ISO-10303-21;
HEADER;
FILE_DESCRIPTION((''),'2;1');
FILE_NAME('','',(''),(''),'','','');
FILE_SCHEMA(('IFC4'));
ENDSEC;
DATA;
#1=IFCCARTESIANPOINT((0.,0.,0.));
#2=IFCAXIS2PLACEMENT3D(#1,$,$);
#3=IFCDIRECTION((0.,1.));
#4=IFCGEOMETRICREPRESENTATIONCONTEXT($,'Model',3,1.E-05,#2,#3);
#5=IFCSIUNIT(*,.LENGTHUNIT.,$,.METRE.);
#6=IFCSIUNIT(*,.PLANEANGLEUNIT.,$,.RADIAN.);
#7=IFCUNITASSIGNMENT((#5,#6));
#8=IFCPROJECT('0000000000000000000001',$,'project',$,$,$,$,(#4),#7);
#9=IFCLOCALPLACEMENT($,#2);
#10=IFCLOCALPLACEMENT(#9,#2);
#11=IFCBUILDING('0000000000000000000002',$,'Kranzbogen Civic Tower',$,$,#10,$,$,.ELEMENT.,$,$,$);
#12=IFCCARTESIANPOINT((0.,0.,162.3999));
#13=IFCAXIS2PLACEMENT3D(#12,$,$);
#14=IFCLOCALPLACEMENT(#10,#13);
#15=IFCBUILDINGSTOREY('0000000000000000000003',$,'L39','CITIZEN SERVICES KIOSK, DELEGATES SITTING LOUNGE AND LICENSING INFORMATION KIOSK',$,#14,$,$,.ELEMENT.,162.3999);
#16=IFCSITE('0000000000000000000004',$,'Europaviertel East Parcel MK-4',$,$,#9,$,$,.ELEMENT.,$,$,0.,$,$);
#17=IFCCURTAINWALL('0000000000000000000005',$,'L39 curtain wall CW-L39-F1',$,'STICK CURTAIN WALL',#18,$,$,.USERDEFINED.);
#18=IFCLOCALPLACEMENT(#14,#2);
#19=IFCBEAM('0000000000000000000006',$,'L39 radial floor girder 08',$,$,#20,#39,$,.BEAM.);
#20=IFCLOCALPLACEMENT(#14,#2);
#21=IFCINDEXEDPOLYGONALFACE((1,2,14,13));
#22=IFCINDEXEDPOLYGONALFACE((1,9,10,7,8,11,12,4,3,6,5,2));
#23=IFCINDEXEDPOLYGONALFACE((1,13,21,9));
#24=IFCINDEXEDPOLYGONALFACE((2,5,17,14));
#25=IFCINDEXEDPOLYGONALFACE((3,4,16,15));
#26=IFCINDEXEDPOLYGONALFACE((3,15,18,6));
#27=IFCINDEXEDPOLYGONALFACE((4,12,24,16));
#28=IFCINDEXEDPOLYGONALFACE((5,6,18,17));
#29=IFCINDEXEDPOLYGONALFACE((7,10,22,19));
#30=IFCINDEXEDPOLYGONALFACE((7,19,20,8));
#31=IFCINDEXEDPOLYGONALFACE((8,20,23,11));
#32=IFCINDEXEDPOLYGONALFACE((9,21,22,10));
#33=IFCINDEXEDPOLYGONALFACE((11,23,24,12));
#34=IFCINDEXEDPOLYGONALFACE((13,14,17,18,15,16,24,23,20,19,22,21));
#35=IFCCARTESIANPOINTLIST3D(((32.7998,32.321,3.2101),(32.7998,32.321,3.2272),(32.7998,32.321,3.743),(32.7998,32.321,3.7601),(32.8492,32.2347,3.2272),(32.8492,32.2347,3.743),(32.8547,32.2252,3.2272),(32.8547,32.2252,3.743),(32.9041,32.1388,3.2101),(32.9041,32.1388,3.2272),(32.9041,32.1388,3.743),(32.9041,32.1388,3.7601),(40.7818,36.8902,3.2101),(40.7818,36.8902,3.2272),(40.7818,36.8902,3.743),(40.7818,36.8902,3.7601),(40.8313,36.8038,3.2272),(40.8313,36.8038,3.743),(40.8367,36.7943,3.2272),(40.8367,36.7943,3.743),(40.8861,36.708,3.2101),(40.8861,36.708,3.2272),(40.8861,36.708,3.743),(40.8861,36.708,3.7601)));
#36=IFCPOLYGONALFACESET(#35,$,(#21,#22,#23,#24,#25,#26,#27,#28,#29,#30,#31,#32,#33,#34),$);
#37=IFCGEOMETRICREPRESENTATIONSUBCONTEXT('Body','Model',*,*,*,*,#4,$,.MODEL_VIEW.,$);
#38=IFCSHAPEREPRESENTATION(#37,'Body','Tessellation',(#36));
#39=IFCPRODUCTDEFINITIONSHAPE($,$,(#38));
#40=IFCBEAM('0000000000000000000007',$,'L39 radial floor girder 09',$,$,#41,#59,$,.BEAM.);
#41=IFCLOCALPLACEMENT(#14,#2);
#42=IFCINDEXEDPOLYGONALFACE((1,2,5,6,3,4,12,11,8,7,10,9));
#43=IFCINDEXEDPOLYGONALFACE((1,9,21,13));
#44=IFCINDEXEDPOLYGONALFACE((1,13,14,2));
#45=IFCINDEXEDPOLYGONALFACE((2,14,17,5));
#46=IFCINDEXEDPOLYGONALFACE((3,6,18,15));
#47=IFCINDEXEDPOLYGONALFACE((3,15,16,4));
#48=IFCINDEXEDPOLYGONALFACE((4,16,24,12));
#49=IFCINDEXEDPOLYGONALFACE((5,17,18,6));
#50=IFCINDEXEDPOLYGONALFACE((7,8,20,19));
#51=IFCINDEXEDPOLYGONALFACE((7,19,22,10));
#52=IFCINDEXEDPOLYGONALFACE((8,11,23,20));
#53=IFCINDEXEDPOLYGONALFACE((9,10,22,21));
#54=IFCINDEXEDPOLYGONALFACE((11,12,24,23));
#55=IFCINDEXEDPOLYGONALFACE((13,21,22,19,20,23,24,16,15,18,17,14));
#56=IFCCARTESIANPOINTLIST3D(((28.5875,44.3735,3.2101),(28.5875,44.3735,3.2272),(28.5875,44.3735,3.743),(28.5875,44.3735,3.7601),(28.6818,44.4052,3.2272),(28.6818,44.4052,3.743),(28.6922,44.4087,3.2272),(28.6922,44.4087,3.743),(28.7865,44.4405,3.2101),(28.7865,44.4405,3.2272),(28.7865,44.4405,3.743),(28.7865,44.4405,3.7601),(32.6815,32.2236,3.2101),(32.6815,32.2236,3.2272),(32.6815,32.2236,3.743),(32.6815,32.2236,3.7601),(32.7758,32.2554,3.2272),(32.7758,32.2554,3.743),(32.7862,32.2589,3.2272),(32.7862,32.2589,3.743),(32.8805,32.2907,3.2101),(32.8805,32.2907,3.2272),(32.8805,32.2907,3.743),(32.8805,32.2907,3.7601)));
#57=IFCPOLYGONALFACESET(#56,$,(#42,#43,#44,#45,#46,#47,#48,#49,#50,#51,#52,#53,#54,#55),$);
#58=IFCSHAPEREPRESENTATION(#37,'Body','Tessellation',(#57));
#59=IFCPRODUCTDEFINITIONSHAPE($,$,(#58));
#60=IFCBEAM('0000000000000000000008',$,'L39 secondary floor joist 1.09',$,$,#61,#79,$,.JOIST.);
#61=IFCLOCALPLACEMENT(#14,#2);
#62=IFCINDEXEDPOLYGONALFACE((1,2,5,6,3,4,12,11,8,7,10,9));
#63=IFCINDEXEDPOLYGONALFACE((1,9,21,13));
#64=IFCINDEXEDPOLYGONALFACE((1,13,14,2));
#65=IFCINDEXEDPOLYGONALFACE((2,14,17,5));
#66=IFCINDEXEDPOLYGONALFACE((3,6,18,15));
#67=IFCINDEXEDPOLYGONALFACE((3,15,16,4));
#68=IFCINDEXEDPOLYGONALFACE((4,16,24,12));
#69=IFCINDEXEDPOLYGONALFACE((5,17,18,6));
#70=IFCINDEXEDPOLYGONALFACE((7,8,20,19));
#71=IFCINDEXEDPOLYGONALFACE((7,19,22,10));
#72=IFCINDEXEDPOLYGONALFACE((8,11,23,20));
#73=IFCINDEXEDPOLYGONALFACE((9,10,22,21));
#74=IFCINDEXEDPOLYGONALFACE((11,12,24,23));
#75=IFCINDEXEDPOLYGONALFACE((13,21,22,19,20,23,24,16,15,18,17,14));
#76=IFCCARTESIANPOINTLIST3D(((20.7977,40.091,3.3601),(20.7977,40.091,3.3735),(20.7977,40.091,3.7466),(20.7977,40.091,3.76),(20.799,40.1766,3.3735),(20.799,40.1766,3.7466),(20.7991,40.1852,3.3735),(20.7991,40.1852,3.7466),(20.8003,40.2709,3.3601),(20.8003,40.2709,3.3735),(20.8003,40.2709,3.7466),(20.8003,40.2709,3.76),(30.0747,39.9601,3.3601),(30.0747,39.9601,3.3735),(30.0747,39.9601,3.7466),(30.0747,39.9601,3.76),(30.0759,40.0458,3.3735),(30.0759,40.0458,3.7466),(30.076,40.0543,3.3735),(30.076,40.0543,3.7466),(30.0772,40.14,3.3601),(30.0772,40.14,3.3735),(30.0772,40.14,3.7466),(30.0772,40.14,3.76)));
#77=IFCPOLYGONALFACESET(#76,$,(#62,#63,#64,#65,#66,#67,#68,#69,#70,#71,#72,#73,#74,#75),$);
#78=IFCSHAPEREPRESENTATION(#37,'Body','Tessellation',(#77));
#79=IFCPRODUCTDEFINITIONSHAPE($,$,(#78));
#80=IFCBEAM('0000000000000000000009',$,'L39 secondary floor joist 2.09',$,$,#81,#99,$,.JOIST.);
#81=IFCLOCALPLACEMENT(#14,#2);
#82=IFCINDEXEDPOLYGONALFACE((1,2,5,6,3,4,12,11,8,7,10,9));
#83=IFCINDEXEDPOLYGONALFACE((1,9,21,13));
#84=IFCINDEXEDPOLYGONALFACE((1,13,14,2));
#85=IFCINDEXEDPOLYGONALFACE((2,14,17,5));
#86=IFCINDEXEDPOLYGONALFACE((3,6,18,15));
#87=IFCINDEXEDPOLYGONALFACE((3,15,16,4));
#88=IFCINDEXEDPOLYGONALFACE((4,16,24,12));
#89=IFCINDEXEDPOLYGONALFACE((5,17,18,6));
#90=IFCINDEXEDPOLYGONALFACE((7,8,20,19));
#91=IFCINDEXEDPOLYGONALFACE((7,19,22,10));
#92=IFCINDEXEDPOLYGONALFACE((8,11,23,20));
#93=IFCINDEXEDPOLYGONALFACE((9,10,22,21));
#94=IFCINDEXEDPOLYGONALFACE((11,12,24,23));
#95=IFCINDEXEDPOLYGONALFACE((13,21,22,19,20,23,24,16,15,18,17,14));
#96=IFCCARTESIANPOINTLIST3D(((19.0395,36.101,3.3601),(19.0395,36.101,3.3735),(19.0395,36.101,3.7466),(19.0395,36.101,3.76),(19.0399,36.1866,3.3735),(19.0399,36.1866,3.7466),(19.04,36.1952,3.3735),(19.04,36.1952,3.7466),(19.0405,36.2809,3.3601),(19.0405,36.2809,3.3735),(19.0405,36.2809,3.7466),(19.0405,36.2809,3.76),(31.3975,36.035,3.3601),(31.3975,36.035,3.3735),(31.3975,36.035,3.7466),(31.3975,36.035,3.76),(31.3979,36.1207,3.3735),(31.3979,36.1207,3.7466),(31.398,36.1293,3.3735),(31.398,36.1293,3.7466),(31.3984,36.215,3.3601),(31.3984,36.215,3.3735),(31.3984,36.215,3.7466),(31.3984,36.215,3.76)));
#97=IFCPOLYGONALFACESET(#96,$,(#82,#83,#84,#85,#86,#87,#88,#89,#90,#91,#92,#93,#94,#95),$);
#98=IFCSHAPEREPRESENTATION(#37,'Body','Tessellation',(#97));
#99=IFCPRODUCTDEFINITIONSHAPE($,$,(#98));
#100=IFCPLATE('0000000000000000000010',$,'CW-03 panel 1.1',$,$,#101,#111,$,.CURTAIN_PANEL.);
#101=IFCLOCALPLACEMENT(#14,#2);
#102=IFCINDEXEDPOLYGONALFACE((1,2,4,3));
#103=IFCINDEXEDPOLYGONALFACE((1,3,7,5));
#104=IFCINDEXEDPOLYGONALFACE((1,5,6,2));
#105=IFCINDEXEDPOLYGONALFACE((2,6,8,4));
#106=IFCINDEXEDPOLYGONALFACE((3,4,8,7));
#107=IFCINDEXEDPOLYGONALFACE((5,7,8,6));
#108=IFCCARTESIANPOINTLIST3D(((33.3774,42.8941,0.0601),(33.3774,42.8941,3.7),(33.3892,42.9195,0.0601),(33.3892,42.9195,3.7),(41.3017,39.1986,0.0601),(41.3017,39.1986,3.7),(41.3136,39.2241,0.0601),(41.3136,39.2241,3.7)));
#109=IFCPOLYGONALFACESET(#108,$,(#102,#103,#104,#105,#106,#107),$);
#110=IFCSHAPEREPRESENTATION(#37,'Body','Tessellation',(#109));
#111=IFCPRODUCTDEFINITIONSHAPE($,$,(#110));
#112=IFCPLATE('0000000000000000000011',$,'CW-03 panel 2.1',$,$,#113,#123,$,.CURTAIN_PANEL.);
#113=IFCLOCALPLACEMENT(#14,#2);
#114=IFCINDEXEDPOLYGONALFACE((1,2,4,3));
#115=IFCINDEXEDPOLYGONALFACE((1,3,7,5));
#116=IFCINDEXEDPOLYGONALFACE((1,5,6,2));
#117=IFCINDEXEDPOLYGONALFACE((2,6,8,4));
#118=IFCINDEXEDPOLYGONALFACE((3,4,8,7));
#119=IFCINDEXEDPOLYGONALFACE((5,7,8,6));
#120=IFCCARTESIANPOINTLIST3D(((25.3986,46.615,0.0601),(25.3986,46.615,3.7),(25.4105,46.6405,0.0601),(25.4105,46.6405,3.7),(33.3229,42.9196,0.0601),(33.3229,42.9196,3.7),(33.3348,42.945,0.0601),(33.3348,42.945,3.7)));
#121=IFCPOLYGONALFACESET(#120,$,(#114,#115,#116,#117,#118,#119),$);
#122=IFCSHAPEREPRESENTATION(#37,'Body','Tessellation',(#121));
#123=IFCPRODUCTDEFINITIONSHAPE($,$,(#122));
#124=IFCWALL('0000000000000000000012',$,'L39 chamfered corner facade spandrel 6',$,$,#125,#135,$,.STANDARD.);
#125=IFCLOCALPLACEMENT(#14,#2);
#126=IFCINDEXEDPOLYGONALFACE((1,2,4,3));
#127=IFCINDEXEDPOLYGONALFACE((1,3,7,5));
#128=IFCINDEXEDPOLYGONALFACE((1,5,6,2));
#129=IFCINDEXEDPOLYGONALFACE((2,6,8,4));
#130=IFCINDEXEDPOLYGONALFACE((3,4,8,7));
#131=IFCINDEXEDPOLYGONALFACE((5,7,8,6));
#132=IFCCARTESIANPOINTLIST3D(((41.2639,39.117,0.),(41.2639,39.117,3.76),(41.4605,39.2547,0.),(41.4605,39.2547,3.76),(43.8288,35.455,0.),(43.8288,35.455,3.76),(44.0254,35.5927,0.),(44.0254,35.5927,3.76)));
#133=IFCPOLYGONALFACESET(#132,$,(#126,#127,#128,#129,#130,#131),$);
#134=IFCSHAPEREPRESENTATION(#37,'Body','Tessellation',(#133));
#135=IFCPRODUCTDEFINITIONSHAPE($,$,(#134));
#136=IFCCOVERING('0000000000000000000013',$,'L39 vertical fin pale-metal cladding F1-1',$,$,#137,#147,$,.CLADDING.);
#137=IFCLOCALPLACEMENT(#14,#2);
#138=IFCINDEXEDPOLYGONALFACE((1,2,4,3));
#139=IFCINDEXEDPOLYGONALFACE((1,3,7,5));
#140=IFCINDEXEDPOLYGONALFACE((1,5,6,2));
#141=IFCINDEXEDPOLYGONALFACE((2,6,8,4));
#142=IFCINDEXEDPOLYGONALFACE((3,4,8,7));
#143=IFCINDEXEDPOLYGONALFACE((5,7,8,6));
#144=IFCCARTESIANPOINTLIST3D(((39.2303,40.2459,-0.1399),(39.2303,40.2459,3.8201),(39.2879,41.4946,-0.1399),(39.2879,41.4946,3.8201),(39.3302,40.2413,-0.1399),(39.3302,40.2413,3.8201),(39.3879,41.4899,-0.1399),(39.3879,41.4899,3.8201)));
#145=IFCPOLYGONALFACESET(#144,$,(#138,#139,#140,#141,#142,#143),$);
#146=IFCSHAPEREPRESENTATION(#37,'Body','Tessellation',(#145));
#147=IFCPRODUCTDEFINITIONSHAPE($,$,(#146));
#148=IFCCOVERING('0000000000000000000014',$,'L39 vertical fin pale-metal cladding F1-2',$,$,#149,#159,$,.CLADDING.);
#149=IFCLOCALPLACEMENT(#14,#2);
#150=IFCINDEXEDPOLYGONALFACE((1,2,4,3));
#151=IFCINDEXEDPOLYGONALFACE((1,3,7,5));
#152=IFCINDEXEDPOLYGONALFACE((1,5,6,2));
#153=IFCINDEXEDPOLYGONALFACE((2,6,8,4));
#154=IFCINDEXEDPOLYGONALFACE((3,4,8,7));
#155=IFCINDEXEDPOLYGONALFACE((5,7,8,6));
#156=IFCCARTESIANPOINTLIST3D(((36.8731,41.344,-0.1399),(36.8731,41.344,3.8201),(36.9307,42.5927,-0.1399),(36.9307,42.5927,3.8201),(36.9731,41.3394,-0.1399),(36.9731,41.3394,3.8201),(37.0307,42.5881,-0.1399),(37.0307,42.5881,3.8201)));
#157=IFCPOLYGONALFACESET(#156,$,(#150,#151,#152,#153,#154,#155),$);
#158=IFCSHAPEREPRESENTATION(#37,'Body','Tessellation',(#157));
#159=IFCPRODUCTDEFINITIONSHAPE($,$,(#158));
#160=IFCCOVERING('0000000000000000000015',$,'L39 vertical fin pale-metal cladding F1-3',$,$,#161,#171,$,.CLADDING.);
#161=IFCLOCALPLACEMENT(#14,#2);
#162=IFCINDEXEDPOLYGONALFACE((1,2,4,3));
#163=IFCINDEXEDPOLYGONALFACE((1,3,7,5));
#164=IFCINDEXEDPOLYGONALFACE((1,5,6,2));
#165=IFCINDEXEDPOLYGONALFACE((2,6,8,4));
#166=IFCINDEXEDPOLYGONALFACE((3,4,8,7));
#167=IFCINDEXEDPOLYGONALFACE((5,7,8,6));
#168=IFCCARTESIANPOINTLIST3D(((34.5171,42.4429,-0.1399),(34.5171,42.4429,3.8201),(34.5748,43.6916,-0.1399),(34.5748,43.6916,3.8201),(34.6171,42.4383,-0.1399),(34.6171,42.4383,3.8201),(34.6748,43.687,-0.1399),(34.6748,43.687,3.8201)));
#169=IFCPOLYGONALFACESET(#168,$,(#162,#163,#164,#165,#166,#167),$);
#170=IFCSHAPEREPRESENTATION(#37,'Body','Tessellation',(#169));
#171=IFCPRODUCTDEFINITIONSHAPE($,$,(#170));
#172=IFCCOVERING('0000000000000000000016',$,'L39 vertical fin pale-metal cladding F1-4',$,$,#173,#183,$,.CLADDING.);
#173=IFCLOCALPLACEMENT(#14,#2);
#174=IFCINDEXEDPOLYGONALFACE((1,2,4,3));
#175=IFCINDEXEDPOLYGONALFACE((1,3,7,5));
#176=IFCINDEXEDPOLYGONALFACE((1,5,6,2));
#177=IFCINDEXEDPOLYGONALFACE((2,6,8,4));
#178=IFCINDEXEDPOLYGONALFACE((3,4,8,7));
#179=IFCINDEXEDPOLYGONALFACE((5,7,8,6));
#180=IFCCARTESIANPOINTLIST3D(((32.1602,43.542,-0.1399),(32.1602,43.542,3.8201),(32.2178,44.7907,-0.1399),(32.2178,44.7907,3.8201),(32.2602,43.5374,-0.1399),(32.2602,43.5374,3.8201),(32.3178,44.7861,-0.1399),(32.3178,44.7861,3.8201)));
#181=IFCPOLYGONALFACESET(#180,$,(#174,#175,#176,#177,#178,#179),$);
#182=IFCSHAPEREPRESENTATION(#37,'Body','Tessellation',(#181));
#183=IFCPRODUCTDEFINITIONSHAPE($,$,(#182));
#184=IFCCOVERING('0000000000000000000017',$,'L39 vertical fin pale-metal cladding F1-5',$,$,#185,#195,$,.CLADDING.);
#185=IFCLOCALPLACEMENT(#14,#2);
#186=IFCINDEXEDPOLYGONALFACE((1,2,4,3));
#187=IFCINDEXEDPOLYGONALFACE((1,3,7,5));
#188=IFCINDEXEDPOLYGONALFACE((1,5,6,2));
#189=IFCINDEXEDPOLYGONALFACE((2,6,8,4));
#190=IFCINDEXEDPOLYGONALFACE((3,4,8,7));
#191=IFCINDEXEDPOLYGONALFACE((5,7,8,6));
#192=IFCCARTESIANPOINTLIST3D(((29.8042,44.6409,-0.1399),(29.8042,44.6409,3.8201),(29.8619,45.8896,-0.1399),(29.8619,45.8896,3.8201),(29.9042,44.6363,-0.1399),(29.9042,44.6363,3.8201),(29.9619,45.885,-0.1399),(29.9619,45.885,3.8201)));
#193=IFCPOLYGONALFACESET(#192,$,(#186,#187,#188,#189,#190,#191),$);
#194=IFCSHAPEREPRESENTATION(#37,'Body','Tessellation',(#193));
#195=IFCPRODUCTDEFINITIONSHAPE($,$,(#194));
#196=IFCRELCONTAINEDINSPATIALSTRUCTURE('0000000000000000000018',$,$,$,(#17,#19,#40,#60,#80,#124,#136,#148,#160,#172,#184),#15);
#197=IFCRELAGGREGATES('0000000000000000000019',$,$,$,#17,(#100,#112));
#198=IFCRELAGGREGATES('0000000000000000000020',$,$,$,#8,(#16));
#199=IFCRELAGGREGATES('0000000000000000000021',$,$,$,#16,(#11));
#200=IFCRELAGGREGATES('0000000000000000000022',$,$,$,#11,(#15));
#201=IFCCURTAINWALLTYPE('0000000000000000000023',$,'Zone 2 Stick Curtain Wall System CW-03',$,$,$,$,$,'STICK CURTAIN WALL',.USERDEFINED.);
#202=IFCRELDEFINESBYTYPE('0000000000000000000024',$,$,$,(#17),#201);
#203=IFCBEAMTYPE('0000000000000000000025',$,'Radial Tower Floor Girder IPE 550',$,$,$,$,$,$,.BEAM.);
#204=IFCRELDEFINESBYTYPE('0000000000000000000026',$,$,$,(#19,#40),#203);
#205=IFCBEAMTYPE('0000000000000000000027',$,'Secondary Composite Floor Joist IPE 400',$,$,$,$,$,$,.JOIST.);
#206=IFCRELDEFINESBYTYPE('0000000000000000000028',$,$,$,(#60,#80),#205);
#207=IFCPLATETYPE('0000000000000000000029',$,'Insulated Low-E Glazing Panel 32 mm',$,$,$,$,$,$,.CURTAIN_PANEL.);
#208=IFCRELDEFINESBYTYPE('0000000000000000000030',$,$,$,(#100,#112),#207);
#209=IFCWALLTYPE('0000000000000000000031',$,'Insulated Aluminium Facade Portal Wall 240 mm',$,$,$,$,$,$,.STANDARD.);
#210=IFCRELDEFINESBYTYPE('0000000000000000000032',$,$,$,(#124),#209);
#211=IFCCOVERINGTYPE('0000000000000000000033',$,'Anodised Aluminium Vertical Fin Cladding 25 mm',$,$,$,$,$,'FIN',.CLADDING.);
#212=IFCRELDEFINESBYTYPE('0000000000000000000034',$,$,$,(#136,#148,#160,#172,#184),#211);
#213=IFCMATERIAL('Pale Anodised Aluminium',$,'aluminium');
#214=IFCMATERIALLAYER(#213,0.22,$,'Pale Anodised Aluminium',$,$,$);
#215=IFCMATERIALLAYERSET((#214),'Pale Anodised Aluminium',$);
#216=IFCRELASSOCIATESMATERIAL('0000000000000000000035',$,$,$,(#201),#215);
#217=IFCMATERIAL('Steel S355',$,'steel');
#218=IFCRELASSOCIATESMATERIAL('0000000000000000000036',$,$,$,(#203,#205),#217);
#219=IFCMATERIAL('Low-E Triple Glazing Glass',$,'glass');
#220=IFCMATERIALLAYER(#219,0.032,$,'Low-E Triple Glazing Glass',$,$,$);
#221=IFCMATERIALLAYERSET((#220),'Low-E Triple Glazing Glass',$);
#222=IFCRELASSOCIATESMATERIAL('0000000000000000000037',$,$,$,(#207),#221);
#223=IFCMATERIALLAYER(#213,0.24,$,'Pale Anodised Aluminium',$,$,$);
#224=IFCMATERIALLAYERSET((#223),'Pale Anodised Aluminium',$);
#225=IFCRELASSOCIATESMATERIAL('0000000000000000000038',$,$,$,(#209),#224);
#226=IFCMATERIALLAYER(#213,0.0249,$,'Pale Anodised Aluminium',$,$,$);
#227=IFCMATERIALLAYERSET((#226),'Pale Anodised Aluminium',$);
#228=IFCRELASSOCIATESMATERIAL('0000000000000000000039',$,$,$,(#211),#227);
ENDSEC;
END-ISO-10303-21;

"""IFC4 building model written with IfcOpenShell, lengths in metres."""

from ifc_helpers import new_model, si_unit, direction, frame, frame_2d, origin, origin_2d, place, context, subcontext, project, spatial, rectangle, i_section, extrude, material, layer, layer_set, material_profile, profile_set, type_object, element, aggregate, save


model = new_model("IFC4")

# Units and contexts
model_context = context("Model", 3, precision=1e-05, world=origin(), true_north=direction((0.0, 1.0)))
body_context = subcontext(model_context, "Body", "Model", "MODEL_VIEW")
ifc_project = project(units=[si_unit("LENGTHUNIT", "METRE"), si_unit("PLANEANGLEUNIT", "RADIAN")], contexts=[model_context])

# Site, building, storey
site_placement = place(None, origin())
site = spatial("IfcSite", under=ifc_project, at=site_placement, Name="Europaviertel East Parcel MK-4", CompositionType="ELEMENT", RefElevation=0.0)
building_placement = place(site_placement, origin())
building = spatial("IfcBuilding", under=site, at=building_placement, Name="Kranzbogen Civic Tower", CompositionType="ELEMENT")
storey_placement = place(building_placement, frame((0.0, 0.0, 162.3999)))
storey = spatial("IfcBuildingStorey", under=building, at=storey_placement, Name="L39", Description="CITIZEN SERVICES KIOSK, DELEGATES SITTING LOUNGE AND LICENSING INFORMATION KIOSK", CompositionType="ELEMENT", Elevation=162.3999)

# Shared definitions
ifc_material_1 = material(Name="Steel S355", Category="steel")

# Curtain wall
ifc_material_2 = material(Name="Pale Anodised Aluminium", Category="aluminium")
ifc_layer_1 = layer(ifc_material_2, 0.22, Name="Pale Anodised Aluminium")
ifc_layer_set_1 = layer_set([ifc_layer_1], Name="Pale Anodised Aluminium")
curtain_wall_type = type_object("IfcCurtainWallType", Name="Zone 2 Stick Curtain Wall System CW-03", ElementType="STICK CURTAIN WALL", PredefinedType="USERDEFINED", material=ifc_layer_set_1)
curtain_wall_1_placement = place(storey_placement, origin())
curtain_wall_1 = element("IfcCurtainWall", 1, at=curtain_wall_1_placement, inside=storey, type_object=curtain_wall_type, Name="L39 curtain wall CW-L39-F1", ObjectType="STICK CURTAIN WALL", PredefinedType="USERDEFINED")

# Beams
ifc_material_profile_1 = material_profile(ifc_material_1, i_section(OverallWidth=0.21, OverallDepth=0.55, WebThickness=0.011, FlangeThickness=0.0171, at=origin_2d()), Name="IPE 550")
ifc_profile_set_1 = profile_set([ifc_material_profile_1], Name="Steel S355")
beam_type_1 = type_object("IfcBeamType", Name="Radial Tower Floor Girder IPE 550", PredefinedType="BEAM", material=ifc_profile_set_1)
beam_1_placement = place(storey_placement, frame((40.834, 36.7991, 3.4851), z_axis=(-0.867869, -0.496793, 0.0), x_axis=(0.496793, -0.867869, 0.0)))
element("IfcBeam", 2, at=beam_1_placement, inside=storey, type_object=beam_type_1, Name="L39 radial floor girder 08", PredefinedType="BEAM", context=body_context, shape_type="SweptSolid", body=[
    extrude(i_section(OverallWidth=0.21, OverallDepth=0.55, WebThickness=0.011, FlangeThickness=0.0171, at=origin_2d()), origin(), (0.0, 0.0, 1.0), 9.1973),
])
beam_2_placement = place(storey_placement, frame((28.687, 44.407, 3.4851), z_axis=(0.319317, -0.947648, 0.0), x_axis=(0.947648, 0.319317, 0.0)))
element("IfcBeam", 3, at=beam_2_placement, inside=storey, type_object=beam_type_1, Name="L39 radial floor girder 09", PredefinedType="BEAM", context=body_context, shape_type="SweptSolid", body=[
    extrude(i_section(OverallWidth=0.21, OverallDepth=0.55, WebThickness=0.011, FlangeThickness=0.0171, at=origin_2d()), origin(), (0.0, 0.0, 1.0), 12.821),
])
ifc_material_profile_2 = material_profile(ifc_material_1, i_section(OverallWidth=0.1799, OverallDepth=0.3999, WebThickness=0.0085, FlangeThickness=0.0134, at=origin_2d()), Name="IPE 400")
ifc_profile_set_2 = profile_set([ifc_material_profile_2], Name="Steel S355")
beam_type_2 = type_object("IfcBeamType", Name="Secondary Composite Floor Joist IPE 400", PredefinedType="JOIST", material=ifc_profile_set_2)
beam_3_placement = place(storey_placement, frame((30.0759, 40.05, 3.5601), z_axis=(-0.999901, 0.014105, 0.0), x_axis=(-0.014105, -0.999901, 0.0)))
element("IfcBeam", 4, at=beam_3_placement, inside=storey, type_object=beam_type_2, Name="L39 secondary floor joist 1.09", PredefinedType="JOIST", context=body_context, shape_type="SweptSolid", body=[
    extrude(i_section(OverallWidth=0.1799, OverallDepth=0.3999, WebThickness=0.0085, FlangeThickness=0.0134, at=origin_2d()), origin(), (0.0, 0.0, 1.0), 9.2778),
])
beam_4_placement = place(storey_placement, frame((31.3979, 36.125, 3.5601), z_axis=(-0.999986, 0.005334, 0.0), x_axis=(-0.005334, -0.999986, 0.0)))
element("IfcBeam", 5, at=beam_4_placement, inside=storey, type_object=beam_type_2, Name="L39 secondary floor joist 2.09", PredefinedType="JOIST", context=body_context, shape_type="SweptSolid", body=[
    extrude(i_section(OverallWidth=0.1799, OverallDepth=0.3999, WebThickness=0.0085, FlangeThickness=0.0134, at=origin_2d()), origin(), (0.0, 0.0, 1.0), 12.3582),
])

# Plates
ifc_material_3 = material(Name="Low-E Triple Glazing Glass", Category="glass")
ifc_layer_2 = layer(ifc_material_3, 0.032, Name="Low-E Triple Glazing Glass")
ifc_layer_set_2 = layer_set([ifc_layer_2], Name="Low-E Triple Glazing Glass")
plate_type = type_object("IfcPlateType", Name="Insulated Low-E Glazing Panel 32 mm", PredefinedType="CURTAIN_PANEL", material=ifc_layer_set_2)
plate_1_placement = place(storey_placement, frame((37.3455, 41.0591, 0.0601), z_axis=(0.0, 0.0, 1.0), x_axis=(-0.906297, 0.422641, 0.0)))
plate_1 = element("IfcPlate", 6, at=plate_1_placement, type_object=plate_type, Name="CW-03 panel 1.1", PredefinedType="CURTAIN_PANEL", context=body_context, shape_type="SweptSolid", body=[
    extrude(rectangle(XDim=8.7437, YDim=0.0281, at=origin_2d()), origin(), (0.0, 0.0, 1.0), 3.6399),
])
plate_2_placement = place(storey_placement, frame((29.3667, 44.78, 0.0601), z_axis=(0.0, 0.0, 1.0), x_axis=(-0.906297, 0.422641, 0.0)))
plate_2 = element("IfcPlate", 7, at=plate_2_placement, type_object=plate_type, Name="CW-03 panel 2.1", PredefinedType="CURTAIN_PANEL", context=body_context, shape_type="SweptSolid", body=[
    extrude(rectangle(XDim=8.7437, YDim=0.0281, at=origin_2d()), origin(), (0.0, 0.0, 1.0), 3.6399),
])
aggregate(curtain_wall_1, [plate_1, plate_2])

# Wall
ifc_layer_3 = layer(ifc_material_2, 0.24, Name="Pale Anodised Aluminium")
ifc_layer_set_3 = layer_set([ifc_layer_3], Name="Pale Anodised Aluminium")
wall_type = type_object("IfcWallType", Name="Insulated Aluminium Facade Portal Wall 240 mm", PredefinedType="STANDARD", material=ifc_layer_set_3)
wall_placement = place(storey_placement, frame((43.927, 35.5239, 0.0), z_axis=(0.0, 0.0, 1.0), x_axis=(-0.573682, 0.819078, 0.0)))
element("IfcWall", 8, at=wall_placement, inside=storey, type_object=wall_type, Name="L39 chamfered corner facade spandrel 6", PredefinedType="STANDARD", context=body_context, shape_type="SweptSolid", body=[
    extrude(rectangle(XDim=4.4709, YDim=0.24, at=frame_2d((2.2354, 0.0))), origin(), (0.0, 0.0, 1.0), 3.76),
])

# Coverings
ifc_layer_4 = layer(ifc_material_2, 0.0249, Name="Pale Anodised Aluminium")
ifc_layer_set_4 = layer_set([ifc_layer_4], Name="Pale Anodised Aluminium")
covering_type = type_object("IfcCoveringType", Name="Anodised Aluminium Vertical Fin Cladding 25 mm", ElementType="FIN", PredefinedType="CLADDING", material=ifc_layer_set_4)
for number, where, z_axis, x_axis, name in (
    (9, (39.3091, 40.8679, -0.1399), (0.0, 0.0, 1.0), (0.04613, 0.998935, 0.0), "L39 vertical fin pale-metal cladding F1-1"),
    (10, (36.9519, 41.9661, -0.1399), (0.0, 0.0, 1.0), (0.04613, 0.998935, 0.0), "L39 vertical fin pale-metal cladding F1-2"),
    (11, (34.5959, 43.0649, -0.1399), (0.0, 0.0, 1.0), (0.04613, 0.998935, 0.0), "L39 vertical fin pale-metal cladding F1-3"),
    (12, (32.239, 44.1641, -0.1399), (0.0, 0.0, 1.0), (0.04613, 0.998935, 0.0), "L39 vertical fin pale-metal cladding F1-4"),
    (13, (29.8831, 45.2629, -0.1399), (0.0, 0.0, 1.0), (0.04613, 0.998935, 0.0), "L39 vertical fin pale-metal cladding F1-5"),
):
    element("IfcCovering", number, at=place(storey_placement, frame(where, z_axis=z_axis, x_axis=x_axis)), inside=storey, type_object=covering_type, Name=name, PredefinedType="CLADDING", context=body_context, shape_type="SweptSolid", body=[
        extrude(rectangle(XDim=1.25, YDim=0.1001, at=origin_2d()), origin(), (0.0, 0.0, 1.0), 3.96),
    ])

save(model, "model.ifc")
